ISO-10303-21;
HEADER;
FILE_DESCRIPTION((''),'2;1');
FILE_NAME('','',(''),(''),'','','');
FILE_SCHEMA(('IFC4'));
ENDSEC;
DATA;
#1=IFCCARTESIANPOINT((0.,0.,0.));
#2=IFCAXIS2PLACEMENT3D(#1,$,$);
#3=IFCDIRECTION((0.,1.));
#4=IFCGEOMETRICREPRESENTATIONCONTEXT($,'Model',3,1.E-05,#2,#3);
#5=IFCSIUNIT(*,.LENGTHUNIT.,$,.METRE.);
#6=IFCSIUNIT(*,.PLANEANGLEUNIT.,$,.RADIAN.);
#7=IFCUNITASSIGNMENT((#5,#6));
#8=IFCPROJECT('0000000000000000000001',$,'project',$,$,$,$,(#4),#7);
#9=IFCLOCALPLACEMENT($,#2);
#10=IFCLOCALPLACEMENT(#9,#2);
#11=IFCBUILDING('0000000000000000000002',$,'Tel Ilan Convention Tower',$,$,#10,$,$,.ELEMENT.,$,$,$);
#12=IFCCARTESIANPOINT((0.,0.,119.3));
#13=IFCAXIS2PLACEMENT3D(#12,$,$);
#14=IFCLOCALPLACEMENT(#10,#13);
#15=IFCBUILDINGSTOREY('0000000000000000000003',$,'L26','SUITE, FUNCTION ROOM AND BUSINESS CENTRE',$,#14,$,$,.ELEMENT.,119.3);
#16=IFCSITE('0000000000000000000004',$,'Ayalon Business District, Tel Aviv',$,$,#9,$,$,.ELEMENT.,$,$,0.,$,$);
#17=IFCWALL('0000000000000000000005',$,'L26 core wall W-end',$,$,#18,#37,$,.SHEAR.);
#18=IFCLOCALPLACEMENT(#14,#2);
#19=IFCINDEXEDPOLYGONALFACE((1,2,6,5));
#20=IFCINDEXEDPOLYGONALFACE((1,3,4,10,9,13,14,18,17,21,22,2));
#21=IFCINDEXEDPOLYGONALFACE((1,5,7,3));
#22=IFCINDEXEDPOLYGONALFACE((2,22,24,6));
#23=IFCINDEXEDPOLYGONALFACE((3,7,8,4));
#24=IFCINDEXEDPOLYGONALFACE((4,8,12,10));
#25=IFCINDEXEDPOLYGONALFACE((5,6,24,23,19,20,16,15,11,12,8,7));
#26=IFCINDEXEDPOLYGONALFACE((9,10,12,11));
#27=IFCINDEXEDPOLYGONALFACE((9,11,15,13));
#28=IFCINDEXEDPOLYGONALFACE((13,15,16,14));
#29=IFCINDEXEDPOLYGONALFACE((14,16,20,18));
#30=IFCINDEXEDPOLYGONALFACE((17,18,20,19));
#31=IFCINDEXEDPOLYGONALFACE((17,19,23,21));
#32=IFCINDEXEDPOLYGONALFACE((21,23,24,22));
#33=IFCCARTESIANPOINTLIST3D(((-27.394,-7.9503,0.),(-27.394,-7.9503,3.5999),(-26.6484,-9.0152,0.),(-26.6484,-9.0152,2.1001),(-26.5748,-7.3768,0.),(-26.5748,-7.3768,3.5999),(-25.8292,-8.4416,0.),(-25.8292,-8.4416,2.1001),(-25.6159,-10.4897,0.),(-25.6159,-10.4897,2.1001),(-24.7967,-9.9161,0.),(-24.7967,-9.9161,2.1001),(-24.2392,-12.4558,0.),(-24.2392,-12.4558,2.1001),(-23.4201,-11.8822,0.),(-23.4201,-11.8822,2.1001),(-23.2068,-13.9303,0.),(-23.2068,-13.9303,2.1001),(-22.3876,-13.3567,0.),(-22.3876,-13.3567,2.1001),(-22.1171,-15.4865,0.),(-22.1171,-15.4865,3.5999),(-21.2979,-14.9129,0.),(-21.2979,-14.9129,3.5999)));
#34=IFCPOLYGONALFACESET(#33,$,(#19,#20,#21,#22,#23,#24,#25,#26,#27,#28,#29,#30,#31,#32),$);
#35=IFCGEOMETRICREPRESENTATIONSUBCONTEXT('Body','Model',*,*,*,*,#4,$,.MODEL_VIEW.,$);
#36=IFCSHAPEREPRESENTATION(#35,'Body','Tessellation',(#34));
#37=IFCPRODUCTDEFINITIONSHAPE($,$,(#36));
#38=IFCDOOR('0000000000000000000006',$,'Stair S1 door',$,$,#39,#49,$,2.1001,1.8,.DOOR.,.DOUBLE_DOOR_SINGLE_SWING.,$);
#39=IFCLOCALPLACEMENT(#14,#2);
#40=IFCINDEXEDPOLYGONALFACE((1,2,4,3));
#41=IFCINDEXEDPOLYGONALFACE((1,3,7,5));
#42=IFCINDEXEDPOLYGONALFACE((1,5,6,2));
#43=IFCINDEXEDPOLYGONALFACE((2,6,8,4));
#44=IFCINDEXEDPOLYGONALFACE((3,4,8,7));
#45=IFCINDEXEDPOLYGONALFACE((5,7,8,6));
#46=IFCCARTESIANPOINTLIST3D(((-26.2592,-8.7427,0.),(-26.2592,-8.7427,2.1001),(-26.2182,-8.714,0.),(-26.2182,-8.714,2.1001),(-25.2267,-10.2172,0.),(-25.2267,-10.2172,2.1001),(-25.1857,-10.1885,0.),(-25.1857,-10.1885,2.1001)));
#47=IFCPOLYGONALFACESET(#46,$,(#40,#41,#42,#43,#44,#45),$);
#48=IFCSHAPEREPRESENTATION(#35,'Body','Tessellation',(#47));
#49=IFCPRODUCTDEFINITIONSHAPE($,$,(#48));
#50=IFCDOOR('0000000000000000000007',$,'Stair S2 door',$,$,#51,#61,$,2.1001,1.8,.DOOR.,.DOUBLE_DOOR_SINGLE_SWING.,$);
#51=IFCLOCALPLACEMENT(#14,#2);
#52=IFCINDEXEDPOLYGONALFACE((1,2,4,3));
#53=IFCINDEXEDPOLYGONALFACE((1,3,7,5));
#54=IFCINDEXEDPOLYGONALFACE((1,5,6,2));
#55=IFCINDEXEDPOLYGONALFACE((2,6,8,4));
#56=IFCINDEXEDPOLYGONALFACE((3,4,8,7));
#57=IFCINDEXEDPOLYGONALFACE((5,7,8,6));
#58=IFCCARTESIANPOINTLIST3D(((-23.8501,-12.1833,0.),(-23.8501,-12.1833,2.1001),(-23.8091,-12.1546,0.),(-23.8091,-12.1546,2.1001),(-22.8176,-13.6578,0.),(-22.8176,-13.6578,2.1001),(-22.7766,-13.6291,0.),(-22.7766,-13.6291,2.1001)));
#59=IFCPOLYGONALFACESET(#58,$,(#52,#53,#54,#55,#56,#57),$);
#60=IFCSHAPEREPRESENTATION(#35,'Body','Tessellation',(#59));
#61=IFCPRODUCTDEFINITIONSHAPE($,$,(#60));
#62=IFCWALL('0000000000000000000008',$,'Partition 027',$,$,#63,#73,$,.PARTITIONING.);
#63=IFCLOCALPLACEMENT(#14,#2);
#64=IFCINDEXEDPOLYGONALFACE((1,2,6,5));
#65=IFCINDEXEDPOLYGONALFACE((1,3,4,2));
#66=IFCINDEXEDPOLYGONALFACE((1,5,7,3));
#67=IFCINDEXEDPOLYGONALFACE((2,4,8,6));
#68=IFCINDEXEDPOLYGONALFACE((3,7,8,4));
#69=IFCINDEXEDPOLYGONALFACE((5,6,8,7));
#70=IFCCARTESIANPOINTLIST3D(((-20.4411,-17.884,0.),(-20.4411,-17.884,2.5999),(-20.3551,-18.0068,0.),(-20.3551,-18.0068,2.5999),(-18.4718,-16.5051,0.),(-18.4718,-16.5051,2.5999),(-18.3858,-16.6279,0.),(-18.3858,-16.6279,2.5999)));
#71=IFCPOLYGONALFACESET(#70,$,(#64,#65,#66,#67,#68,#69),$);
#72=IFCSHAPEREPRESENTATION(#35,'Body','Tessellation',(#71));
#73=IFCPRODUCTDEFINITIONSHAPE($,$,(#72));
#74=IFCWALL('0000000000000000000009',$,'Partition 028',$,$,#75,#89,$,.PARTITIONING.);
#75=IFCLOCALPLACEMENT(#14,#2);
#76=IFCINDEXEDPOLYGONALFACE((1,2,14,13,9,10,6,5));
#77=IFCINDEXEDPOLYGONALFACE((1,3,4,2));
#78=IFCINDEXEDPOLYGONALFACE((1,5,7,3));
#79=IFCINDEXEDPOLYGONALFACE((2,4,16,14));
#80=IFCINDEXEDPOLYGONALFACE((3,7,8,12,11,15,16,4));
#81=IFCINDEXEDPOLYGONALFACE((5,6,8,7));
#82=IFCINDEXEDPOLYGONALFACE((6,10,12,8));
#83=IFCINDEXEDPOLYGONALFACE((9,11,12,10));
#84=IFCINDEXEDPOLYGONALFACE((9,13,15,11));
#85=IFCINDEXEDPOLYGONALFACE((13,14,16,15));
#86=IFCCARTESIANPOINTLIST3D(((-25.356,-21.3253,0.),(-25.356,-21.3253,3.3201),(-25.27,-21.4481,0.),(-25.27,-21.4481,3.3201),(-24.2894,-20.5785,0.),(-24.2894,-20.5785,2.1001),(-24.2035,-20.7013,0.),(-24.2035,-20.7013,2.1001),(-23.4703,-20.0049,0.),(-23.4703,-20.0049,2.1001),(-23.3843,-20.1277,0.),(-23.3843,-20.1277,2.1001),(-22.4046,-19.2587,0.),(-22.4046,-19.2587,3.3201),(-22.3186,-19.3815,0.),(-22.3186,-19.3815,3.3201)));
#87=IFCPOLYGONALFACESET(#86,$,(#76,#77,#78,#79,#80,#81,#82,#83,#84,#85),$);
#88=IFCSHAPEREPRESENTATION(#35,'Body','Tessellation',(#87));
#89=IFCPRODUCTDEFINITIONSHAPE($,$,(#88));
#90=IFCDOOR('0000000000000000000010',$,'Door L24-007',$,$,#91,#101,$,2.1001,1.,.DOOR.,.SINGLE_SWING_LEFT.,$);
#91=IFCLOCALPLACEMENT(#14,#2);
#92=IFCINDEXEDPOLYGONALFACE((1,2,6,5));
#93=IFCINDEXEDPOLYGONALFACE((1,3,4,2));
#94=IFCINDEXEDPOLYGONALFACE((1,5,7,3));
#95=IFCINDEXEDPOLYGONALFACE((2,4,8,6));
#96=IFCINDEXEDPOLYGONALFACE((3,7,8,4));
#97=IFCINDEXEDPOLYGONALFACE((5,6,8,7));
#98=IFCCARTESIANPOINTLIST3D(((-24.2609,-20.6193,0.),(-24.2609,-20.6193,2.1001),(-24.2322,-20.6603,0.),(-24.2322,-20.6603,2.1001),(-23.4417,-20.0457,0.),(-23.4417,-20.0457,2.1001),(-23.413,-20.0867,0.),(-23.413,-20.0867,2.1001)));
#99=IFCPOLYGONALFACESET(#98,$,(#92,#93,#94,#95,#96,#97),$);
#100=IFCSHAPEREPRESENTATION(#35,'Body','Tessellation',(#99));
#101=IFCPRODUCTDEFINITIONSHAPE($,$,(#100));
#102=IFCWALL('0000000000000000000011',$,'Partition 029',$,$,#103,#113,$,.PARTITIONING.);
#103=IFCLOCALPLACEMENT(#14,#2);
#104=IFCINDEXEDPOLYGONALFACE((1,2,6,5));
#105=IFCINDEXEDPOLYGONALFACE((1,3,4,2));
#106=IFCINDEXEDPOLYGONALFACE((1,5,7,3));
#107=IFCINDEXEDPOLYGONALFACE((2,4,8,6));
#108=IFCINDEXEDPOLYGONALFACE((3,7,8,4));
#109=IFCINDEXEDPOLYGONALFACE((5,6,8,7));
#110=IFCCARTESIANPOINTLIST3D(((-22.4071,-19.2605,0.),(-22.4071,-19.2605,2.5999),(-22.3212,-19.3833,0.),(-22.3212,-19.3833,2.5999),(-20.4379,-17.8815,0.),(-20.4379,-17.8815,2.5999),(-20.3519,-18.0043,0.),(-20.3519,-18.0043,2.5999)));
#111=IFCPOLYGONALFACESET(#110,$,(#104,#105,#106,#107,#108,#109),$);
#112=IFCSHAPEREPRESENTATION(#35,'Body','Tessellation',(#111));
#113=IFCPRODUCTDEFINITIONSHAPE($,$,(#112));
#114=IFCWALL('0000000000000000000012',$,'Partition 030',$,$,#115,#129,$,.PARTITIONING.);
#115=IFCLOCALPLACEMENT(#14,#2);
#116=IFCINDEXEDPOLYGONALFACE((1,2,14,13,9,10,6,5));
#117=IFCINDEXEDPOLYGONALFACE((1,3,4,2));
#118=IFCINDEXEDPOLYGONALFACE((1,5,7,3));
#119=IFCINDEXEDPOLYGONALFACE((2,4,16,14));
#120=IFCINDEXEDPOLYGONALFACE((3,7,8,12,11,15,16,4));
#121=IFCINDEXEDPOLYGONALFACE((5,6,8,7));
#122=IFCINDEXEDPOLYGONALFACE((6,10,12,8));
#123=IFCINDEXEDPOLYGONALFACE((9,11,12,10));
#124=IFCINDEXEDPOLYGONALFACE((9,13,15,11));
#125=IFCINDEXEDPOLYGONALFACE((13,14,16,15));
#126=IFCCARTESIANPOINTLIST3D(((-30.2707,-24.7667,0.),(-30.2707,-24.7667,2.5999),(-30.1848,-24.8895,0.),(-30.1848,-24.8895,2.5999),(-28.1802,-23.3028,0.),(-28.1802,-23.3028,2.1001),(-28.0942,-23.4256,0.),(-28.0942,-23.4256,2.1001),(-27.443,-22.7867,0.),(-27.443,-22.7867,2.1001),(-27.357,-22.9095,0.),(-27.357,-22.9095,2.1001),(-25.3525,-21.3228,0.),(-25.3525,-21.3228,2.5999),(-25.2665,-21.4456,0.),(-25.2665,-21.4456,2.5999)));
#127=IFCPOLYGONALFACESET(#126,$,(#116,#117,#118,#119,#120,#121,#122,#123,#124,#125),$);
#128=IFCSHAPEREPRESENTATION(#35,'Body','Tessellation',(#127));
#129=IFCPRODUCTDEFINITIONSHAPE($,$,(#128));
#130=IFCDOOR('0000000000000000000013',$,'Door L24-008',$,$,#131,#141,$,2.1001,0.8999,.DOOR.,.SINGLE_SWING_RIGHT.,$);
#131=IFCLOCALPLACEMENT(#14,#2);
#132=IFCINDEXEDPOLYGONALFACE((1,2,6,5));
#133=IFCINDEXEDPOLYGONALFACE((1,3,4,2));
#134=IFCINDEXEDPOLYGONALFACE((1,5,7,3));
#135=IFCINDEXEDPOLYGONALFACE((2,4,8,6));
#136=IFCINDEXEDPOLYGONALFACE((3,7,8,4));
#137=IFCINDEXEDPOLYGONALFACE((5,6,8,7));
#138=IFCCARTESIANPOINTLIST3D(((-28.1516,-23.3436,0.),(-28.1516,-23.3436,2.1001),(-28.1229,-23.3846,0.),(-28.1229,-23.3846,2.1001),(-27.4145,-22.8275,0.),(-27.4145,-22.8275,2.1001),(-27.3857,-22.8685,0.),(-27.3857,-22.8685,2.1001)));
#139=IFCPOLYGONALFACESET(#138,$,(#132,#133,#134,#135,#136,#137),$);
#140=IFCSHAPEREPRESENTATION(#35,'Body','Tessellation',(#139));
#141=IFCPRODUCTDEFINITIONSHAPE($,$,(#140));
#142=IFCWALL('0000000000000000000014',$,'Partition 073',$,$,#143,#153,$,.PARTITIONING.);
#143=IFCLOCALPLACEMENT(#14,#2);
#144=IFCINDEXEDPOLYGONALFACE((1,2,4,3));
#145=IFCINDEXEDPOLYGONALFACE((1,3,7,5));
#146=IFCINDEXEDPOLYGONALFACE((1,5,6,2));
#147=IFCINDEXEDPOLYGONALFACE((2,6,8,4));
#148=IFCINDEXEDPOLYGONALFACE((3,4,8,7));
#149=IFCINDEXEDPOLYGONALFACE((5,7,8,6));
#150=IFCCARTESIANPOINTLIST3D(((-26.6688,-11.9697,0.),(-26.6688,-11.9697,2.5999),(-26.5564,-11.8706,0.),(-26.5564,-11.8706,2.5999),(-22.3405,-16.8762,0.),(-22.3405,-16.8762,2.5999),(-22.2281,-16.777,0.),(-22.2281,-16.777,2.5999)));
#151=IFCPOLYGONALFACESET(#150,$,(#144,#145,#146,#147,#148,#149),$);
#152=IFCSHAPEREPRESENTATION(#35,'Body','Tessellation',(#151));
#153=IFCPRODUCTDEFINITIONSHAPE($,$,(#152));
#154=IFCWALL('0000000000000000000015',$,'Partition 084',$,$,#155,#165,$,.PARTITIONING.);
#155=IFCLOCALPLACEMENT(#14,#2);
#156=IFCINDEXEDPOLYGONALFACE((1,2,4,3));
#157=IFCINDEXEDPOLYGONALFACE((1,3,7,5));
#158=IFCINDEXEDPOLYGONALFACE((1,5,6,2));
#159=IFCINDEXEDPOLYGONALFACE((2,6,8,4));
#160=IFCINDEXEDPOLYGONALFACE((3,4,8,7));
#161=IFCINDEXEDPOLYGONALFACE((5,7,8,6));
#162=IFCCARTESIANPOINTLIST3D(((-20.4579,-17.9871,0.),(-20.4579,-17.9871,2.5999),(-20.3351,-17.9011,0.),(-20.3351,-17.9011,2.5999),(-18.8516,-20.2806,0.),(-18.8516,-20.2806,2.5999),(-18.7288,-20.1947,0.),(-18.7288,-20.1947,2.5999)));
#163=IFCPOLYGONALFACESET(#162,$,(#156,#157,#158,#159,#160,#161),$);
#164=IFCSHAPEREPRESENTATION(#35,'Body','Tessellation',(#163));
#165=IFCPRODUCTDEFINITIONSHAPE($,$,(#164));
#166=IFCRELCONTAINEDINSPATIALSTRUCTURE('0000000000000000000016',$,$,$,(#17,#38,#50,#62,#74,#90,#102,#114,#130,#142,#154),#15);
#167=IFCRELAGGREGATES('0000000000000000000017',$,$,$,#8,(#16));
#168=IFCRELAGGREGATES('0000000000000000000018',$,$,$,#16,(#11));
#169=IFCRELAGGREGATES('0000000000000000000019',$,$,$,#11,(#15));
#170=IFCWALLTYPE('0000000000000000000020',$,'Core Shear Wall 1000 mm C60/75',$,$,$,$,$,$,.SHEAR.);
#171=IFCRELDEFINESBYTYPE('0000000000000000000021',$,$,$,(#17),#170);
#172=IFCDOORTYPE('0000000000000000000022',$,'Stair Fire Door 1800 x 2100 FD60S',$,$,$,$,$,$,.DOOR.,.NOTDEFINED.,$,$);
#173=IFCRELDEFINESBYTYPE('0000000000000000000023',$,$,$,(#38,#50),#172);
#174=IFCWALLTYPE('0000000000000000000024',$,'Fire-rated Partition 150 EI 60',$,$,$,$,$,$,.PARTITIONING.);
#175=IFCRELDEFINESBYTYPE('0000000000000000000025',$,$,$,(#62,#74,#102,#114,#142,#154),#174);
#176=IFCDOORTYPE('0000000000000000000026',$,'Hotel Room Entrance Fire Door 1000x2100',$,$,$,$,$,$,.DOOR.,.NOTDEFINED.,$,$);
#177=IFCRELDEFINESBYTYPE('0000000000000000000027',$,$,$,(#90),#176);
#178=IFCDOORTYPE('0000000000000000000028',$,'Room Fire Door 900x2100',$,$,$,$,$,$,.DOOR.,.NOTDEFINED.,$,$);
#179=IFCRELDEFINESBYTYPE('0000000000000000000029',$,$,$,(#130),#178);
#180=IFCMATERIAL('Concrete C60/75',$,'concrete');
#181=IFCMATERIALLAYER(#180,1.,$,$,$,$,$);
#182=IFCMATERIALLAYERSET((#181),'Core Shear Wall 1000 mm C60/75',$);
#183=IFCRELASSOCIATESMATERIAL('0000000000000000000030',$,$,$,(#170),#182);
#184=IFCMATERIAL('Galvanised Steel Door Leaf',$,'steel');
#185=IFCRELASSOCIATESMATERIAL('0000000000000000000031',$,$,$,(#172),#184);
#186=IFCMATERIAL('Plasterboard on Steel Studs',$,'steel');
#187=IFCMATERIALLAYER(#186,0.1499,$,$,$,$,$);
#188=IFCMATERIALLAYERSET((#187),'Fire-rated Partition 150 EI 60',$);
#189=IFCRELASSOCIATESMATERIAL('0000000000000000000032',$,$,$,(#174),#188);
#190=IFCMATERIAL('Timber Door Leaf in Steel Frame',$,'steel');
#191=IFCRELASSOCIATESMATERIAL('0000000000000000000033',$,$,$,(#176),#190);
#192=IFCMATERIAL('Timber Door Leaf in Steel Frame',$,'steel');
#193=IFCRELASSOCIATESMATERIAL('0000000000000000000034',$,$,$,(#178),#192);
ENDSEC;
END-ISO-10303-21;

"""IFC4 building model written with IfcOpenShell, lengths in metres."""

from ifc_helpers import new_model, si_unit, direction, frame, frame_2d, origin, place, context, subcontext, project, spatial, polyline, rectangle, outline, extrude, material, layer, layer_set, type_object, element, fill, save


model = new_model("IFC4")

# Units and contexts
model_context = context("Model", 3, precision=1e-05, world=origin(), true_north=direction((0.0, 1.0)))
body_context = subcontext(model_context, "Body", "Model", "MODEL_VIEW")
ifc_project = project(units=[si_unit("LENGTHUNIT", "METRE"), si_unit("PLANEANGLEUNIT", "RADIAN")], contexts=[model_context])

# Site, building, storey
site_placement = place(None, origin())
site = spatial("IfcSite", under=ifc_project, at=site_placement, Name="Ayalon Business District, Tel Aviv", CompositionType="ELEMENT", RefElevation=0.0)
building_placement = place(site_placement, origin())
building = spatial("IfcBuilding", under=site, at=building_placement, Name="Tel Ilan Convention Tower", CompositionType="ELEMENT")
storey_placement = place(building_placement, frame((0.0, 0.0, 119.3)))
storey = spatial("IfcBuildingStorey", under=building, at=storey_placement, Name="L26", Description="SUITE, FUNCTION ROOM AND BUSINESS CENTRE", CompositionType="ELEMENT", Elevation=119.3)

# Wall, openings, doors
ifc_material_1 = material(Name="Concrete C60/75", Category="concrete")
ifc_layer_1 = layer(ifc_material_1, 1.0)
ifc_layer_set_1 = layer_set([ifc_layer_1], Name="Core Shear Wall 1000 mm C60/75")
wall_type_1 = type_object("IfcWallType", Name="Core Shear Wall 1000 mm C60/75", PredefinedType="SHEAR", material=ifc_layer_set_1)
wall_1_placement = place(storey_placement, frame((-21.7075, -15.1997, 0.0), z_axis=(0.0, 0.0, 1.0), x_axis=(-0.573576, 0.819152, 0.0)))
wall_1 = element("IfcWall", 1, at=wall_1_placement, inside=storey, type_object=wall_type_1, Name="L26 core wall W-end", PredefinedType="SHEAR", context=body_context, shape_type="SweptSolid", body=[
    extrude(outline(polyline([(0.0, 0.5), (0.0, -0.5), (9.2, -0.5), (9.2, 0.5), (0.0, 0.5)])), origin(), (0.0, 0.0, 1.0), 3.5999),
])
opening_1_placement = place(wall_1_placement, frame((6.1001, 0.0, 0.0)))
opening_1 = element("IfcOpeningElement", 2, at=opening_1_placement, cuts=wall_1, PredefinedType="OPENING", context=body_context, shape_type="SweptSolid", body=[
    extrude(rectangle(XDim=1.8, YDim=2.1001, at=frame_2d((0.8999, 1.05))), frame((0.0, 0.51, 0.0), z_axis=(0.0, -1.0, 0.0), x_axis=(1.0, 0.0, 0.0)), (0.0, 0.0, 1.0), 1.02),
])
opening_2_placement = place(wall_1_placement, frame((1.8999, 0.0, 0.0)))
opening_2 = element("IfcOpeningElement", 3, at=opening_2_placement, cuts=wall_1, PredefinedType="OPENING", context=body_context, shape_type="SweptSolid", body=[
    extrude(rectangle(XDim=1.8, YDim=2.1001, at=frame_2d((0.8999, 1.05))), frame((0.0, 0.51, 0.0), z_axis=(0.0, -1.0, 0.0), x_axis=(1.0, 0.0, 0.0)), (0.0, 0.0, 1.0), 1.02),
])
ifc_material_2 = material(Name="Galvanised Steel Door Leaf", Category="steel")
door_type_1 = type_object("IfcDoorType", Name="Stair Fire Door 1800 x 2100 FD60S", OperationType="NOTDEFINED", PredefinedType="DOOR", material=ifc_material_2)
door_1_placement = place(opening_1_placement, origin())
door_1 = element("IfcDoor", 4, at=door_1_placement, inside=storey, type_object=door_type_1, Name="Stair S1 door", OperationType="DOUBLE_DOOR_SINGLE_SWING", OverallHeight=2.1001, OverallWidth=1.8, PredefinedType="DOOR", context=body_context, shape_type="SweptSolid", body=[
    extrude(rectangle(XDim=1.8, YDim=2.1001, at=frame_2d((0.8999, 1.05))), frame((0.0, 0.0249, 0.0), z_axis=(0.0, -1.0, 0.0), x_axis=(1.0, 0.0, 0.0)), (0.0, 0.0, 1.0), 0.05),
])
fill(opening_1, door_1)
door_2_placement = place(opening_2_placement, origin())
door_2 = element("IfcDoor", 5, at=door_2_placement, inside=storey, type_object=door_type_1, Name="Stair S2 door", OperationType="DOUBLE_DOOR_SINGLE_SWING", OverallHeight=2.1001, OverallWidth=1.8, PredefinedType="DOOR", context=body_context, shape_type="SweptSolid", body=[
    extrude(rectangle(XDim=1.8, YDim=2.1001, at=frame_2d((0.8999, 1.05))), frame((0.0, 0.0249, 0.0), z_axis=(0.0, -1.0, 0.0), x_axis=(1.0, 0.0, 0.0)), (0.0, 0.0, 1.0), 0.05),
])
fill(opening_2, door_2)

# Wall
ifc_material_3 = material(Name="Plasterboard on Steel Studs", Category="steel")
ifc_layer_2 = layer(ifc_material_3, 0.1499)
ifc_layer_set_2 = layer_set([ifc_layer_2], Name="Fire-rated Partition 150 EI 60")
wall_type_2 = type_object("IfcWallType", Name="Fire-rated Partition 150 EI 60", PredefinedType="PARTITIONING", material=ifc_layer_set_2)
wall_2_placement = place(storey_placement, frame((-18.4287, -16.5664, 0.0), z_axis=(0.0, 0.0, 1.0), x_axis=(-0.819146, -0.573585, 0.0)))
element("IfcWall", 6, at=wall_2_placement, inside=storey, type_object=wall_type_2, Name="Partition 027", PredefinedType="PARTITIONING", context=body_context, shape_type="SweptSolid", body=[
    extrude(rectangle(XDim=2.4041, YDim=0.1499, at=frame_2d((1.2021, 0.0))), origin(), (0.0, 0.0, 1.0), 2.5999),
])

# Wall, opening, door
wall_3_placement = place(storey_placement, frame((-22.3616, -19.3201, 0.0), z_axis=(0.0, 0.0, 1.0), x_axis=(-0.819146, -0.573585, 0.0)))
wall_3 = element("IfcWall", 7, at=wall_3_placement, inside=storey, type_object=wall_type_2, Name="Partition 028", PredefinedType="PARTITIONING", context=body_context, shape_type="SweptSolid", body=[
    extrude(rectangle(XDim=3.603, YDim=0.1499, at=frame_2d((1.8015, 0.0))), origin(), (0.0, 0.0, 1.0), 3.3201),
])
opening_3_placement = place(wall_3_placement, frame((1.301, 0.0, 0.0)))
opening_3 = element("IfcOpeningElement", 8, at=opening_3_placement, cuts=wall_3, PredefinedType="OPENING", context=body_context, shape_type="SweptSolid", body=[
    extrude(rectangle(XDim=1.0, YDim=2.1001, at=frame_2d((0.5, 1.05))), frame((0.0, 0.085, 0.0), z_axis=(0.0, -1.0, 0.0), x_axis=(1.0, 0.0, 0.0)), (0.0, 0.0, 1.0), 0.1699),
])
ifc_material_4 = material(Name="Timber Door Leaf in Steel Frame", Category="steel")
door_type_2 = type_object("IfcDoorType", Name="Hotel Room Entrance Fire Door 1000x2100", OperationType="NOTDEFINED", PredefinedType="DOOR", material=ifc_material_4)
door_3_placement = place(opening_3_placement, origin())
door_3 = element("IfcDoor", 9, at=door_3_placement, inside=storey, type_object=door_type_2, Name="Door L24-007", OperationType="SINGLE_SWING_LEFT", OverallHeight=2.1001, OverallWidth=1.0, PredefinedType="DOOR", context=body_context, shape_type="SweptSolid", body=[
    extrude(rectangle(XDim=1.0, YDim=2.1001, at=frame_2d((0.5, 1.05))), frame((0.0, 0.0249, 0.0), z_axis=(0.0, -1.0, 0.0), x_axis=(1.0, 0.0, 0.0)), (0.0, 0.0, 1.0), 0.05),
])
fill(opening_3, door_3)

# Wall
wall_4_placement = place(storey_placement, frame((-20.3948, -17.9429, 0.0), z_axis=(0.0, 0.0, 1.0), x_axis=(-0.819146, -0.573585, 0.0)))
element("IfcWall", 10, at=wall_4_placement, inside=storey, type_object=wall_type_2, Name="Partition 029", PredefinedType="PARTITIONING", context=body_context, shape_type="SweptSolid", body=[
    extrude(rectangle(XDim=2.4041, YDim=0.1499, at=frame_2d((1.2021, 0.0))), origin(), (0.0, 0.0, 1.0), 2.5999),
])

# Wall, opening, door
wall_5_placement = place(storey_placement, frame((-25.3096, -21.3843, 0.0), z_axis=(0.0, 0.0, 1.0), x_axis=(-0.819146, -0.573585, 0.0)))
wall_5 = element("IfcWall", 11, at=wall_5_placement, inside=storey, type_object=wall_type_2, Name="Partition 030", PredefinedType="PARTITIONING", context=body_context, shape_type="SweptSolid", body=[
    extrude(rectangle(XDim=6.0042, YDim=0.1499, at=frame_2d((3.002, 0.0))), origin(), (0.0, 0.0, 1.0), 2.5999),
])
opening_4_placement = place(wall_5_placement, frame((2.552, 0.0, 0.0)))
opening_4 = element("IfcOpeningElement", 12, at=opening_4_placement, cuts=wall_5, PredefinedType="OPENING", context=body_context, shape_type="SweptSolid", body=[
    extrude(rectangle(XDim=0.8999, YDim=2.1001, at=frame_2d((0.45, 1.05))), frame((0.0, 0.085, 0.0), z_axis=(0.0, -1.0, 0.0), x_axis=(1.0, 0.0, 0.0)), (0.0, 0.0, 1.0), 0.1699),
])
ifc_material_5 = material(Name="Timber Door Leaf in Steel Frame", Category="steel")
door_type_3 = type_object("IfcDoorType", Name="Room Fire Door 900x2100", OperationType="NOTDEFINED", PredefinedType="DOOR", material=ifc_material_5)
door_4_placement = place(opening_4_placement, origin())
door_4 = element("IfcDoor", 13, at=door_4_placement, inside=storey, type_object=door_type_3, Name="Door L24-008", OperationType="SINGLE_SWING_RIGHT", OverallHeight=2.1001, OverallWidth=0.8999, PredefinedType="DOOR", context=body_context, shape_type="SweptSolid", body=[
    extrude(rectangle(XDim=0.8999, YDim=2.1001, at=frame_2d((0.45, 1.05))), frame((0.0, 0.0249, 0.0), z_axis=(0.0, -1.0, 0.0), x_axis=(1.0, 0.0, 0.0)), (0.0, 0.0, 1.0), 0.05),
])
fill(opening_4, door_4)

# Walls
wall_6_placement = place(storey_placement, frame((-22.2842, -16.8267, 0.0), z_axis=(0.0, 0.0, 1.0), x_axis=(-0.661545, 0.749905, 0.0)))
element("IfcWall", 14, at=wall_6_placement, inside=storey, type_object=wall_type_2, Name="Partition 073", PredefinedType="PARTITIONING", context=body_context, shape_type="SweptSolid", body=[
    extrude(rectangle(XDim=6.5427, YDim=0.1499, at=frame_2d((3.2715, 0.0))), origin(), (0.0, 0.0, 1.0), 2.5999),
])
wall_7_placement = place(storey_placement, frame((-18.7903, -20.2375, 0.0), z_axis=(0.0, 0.0, 1.0), x_axis=(-0.57365, 0.819101, 0.0)))
element("IfcWall", 15, at=wall_7_placement, inside=storey, type_object=wall_type_2, Name="Partition 084", PredefinedType="PARTITIONING", context=body_context, shape_type="SweptSolid", body=[
    extrude(rectangle(XDim=2.8, YDim=0.1499, at=frame_2d((1.3999, 0.0))), origin(), (0.0, 0.0, 1.0), 2.5999),
])

save(model, "model.ifc")
